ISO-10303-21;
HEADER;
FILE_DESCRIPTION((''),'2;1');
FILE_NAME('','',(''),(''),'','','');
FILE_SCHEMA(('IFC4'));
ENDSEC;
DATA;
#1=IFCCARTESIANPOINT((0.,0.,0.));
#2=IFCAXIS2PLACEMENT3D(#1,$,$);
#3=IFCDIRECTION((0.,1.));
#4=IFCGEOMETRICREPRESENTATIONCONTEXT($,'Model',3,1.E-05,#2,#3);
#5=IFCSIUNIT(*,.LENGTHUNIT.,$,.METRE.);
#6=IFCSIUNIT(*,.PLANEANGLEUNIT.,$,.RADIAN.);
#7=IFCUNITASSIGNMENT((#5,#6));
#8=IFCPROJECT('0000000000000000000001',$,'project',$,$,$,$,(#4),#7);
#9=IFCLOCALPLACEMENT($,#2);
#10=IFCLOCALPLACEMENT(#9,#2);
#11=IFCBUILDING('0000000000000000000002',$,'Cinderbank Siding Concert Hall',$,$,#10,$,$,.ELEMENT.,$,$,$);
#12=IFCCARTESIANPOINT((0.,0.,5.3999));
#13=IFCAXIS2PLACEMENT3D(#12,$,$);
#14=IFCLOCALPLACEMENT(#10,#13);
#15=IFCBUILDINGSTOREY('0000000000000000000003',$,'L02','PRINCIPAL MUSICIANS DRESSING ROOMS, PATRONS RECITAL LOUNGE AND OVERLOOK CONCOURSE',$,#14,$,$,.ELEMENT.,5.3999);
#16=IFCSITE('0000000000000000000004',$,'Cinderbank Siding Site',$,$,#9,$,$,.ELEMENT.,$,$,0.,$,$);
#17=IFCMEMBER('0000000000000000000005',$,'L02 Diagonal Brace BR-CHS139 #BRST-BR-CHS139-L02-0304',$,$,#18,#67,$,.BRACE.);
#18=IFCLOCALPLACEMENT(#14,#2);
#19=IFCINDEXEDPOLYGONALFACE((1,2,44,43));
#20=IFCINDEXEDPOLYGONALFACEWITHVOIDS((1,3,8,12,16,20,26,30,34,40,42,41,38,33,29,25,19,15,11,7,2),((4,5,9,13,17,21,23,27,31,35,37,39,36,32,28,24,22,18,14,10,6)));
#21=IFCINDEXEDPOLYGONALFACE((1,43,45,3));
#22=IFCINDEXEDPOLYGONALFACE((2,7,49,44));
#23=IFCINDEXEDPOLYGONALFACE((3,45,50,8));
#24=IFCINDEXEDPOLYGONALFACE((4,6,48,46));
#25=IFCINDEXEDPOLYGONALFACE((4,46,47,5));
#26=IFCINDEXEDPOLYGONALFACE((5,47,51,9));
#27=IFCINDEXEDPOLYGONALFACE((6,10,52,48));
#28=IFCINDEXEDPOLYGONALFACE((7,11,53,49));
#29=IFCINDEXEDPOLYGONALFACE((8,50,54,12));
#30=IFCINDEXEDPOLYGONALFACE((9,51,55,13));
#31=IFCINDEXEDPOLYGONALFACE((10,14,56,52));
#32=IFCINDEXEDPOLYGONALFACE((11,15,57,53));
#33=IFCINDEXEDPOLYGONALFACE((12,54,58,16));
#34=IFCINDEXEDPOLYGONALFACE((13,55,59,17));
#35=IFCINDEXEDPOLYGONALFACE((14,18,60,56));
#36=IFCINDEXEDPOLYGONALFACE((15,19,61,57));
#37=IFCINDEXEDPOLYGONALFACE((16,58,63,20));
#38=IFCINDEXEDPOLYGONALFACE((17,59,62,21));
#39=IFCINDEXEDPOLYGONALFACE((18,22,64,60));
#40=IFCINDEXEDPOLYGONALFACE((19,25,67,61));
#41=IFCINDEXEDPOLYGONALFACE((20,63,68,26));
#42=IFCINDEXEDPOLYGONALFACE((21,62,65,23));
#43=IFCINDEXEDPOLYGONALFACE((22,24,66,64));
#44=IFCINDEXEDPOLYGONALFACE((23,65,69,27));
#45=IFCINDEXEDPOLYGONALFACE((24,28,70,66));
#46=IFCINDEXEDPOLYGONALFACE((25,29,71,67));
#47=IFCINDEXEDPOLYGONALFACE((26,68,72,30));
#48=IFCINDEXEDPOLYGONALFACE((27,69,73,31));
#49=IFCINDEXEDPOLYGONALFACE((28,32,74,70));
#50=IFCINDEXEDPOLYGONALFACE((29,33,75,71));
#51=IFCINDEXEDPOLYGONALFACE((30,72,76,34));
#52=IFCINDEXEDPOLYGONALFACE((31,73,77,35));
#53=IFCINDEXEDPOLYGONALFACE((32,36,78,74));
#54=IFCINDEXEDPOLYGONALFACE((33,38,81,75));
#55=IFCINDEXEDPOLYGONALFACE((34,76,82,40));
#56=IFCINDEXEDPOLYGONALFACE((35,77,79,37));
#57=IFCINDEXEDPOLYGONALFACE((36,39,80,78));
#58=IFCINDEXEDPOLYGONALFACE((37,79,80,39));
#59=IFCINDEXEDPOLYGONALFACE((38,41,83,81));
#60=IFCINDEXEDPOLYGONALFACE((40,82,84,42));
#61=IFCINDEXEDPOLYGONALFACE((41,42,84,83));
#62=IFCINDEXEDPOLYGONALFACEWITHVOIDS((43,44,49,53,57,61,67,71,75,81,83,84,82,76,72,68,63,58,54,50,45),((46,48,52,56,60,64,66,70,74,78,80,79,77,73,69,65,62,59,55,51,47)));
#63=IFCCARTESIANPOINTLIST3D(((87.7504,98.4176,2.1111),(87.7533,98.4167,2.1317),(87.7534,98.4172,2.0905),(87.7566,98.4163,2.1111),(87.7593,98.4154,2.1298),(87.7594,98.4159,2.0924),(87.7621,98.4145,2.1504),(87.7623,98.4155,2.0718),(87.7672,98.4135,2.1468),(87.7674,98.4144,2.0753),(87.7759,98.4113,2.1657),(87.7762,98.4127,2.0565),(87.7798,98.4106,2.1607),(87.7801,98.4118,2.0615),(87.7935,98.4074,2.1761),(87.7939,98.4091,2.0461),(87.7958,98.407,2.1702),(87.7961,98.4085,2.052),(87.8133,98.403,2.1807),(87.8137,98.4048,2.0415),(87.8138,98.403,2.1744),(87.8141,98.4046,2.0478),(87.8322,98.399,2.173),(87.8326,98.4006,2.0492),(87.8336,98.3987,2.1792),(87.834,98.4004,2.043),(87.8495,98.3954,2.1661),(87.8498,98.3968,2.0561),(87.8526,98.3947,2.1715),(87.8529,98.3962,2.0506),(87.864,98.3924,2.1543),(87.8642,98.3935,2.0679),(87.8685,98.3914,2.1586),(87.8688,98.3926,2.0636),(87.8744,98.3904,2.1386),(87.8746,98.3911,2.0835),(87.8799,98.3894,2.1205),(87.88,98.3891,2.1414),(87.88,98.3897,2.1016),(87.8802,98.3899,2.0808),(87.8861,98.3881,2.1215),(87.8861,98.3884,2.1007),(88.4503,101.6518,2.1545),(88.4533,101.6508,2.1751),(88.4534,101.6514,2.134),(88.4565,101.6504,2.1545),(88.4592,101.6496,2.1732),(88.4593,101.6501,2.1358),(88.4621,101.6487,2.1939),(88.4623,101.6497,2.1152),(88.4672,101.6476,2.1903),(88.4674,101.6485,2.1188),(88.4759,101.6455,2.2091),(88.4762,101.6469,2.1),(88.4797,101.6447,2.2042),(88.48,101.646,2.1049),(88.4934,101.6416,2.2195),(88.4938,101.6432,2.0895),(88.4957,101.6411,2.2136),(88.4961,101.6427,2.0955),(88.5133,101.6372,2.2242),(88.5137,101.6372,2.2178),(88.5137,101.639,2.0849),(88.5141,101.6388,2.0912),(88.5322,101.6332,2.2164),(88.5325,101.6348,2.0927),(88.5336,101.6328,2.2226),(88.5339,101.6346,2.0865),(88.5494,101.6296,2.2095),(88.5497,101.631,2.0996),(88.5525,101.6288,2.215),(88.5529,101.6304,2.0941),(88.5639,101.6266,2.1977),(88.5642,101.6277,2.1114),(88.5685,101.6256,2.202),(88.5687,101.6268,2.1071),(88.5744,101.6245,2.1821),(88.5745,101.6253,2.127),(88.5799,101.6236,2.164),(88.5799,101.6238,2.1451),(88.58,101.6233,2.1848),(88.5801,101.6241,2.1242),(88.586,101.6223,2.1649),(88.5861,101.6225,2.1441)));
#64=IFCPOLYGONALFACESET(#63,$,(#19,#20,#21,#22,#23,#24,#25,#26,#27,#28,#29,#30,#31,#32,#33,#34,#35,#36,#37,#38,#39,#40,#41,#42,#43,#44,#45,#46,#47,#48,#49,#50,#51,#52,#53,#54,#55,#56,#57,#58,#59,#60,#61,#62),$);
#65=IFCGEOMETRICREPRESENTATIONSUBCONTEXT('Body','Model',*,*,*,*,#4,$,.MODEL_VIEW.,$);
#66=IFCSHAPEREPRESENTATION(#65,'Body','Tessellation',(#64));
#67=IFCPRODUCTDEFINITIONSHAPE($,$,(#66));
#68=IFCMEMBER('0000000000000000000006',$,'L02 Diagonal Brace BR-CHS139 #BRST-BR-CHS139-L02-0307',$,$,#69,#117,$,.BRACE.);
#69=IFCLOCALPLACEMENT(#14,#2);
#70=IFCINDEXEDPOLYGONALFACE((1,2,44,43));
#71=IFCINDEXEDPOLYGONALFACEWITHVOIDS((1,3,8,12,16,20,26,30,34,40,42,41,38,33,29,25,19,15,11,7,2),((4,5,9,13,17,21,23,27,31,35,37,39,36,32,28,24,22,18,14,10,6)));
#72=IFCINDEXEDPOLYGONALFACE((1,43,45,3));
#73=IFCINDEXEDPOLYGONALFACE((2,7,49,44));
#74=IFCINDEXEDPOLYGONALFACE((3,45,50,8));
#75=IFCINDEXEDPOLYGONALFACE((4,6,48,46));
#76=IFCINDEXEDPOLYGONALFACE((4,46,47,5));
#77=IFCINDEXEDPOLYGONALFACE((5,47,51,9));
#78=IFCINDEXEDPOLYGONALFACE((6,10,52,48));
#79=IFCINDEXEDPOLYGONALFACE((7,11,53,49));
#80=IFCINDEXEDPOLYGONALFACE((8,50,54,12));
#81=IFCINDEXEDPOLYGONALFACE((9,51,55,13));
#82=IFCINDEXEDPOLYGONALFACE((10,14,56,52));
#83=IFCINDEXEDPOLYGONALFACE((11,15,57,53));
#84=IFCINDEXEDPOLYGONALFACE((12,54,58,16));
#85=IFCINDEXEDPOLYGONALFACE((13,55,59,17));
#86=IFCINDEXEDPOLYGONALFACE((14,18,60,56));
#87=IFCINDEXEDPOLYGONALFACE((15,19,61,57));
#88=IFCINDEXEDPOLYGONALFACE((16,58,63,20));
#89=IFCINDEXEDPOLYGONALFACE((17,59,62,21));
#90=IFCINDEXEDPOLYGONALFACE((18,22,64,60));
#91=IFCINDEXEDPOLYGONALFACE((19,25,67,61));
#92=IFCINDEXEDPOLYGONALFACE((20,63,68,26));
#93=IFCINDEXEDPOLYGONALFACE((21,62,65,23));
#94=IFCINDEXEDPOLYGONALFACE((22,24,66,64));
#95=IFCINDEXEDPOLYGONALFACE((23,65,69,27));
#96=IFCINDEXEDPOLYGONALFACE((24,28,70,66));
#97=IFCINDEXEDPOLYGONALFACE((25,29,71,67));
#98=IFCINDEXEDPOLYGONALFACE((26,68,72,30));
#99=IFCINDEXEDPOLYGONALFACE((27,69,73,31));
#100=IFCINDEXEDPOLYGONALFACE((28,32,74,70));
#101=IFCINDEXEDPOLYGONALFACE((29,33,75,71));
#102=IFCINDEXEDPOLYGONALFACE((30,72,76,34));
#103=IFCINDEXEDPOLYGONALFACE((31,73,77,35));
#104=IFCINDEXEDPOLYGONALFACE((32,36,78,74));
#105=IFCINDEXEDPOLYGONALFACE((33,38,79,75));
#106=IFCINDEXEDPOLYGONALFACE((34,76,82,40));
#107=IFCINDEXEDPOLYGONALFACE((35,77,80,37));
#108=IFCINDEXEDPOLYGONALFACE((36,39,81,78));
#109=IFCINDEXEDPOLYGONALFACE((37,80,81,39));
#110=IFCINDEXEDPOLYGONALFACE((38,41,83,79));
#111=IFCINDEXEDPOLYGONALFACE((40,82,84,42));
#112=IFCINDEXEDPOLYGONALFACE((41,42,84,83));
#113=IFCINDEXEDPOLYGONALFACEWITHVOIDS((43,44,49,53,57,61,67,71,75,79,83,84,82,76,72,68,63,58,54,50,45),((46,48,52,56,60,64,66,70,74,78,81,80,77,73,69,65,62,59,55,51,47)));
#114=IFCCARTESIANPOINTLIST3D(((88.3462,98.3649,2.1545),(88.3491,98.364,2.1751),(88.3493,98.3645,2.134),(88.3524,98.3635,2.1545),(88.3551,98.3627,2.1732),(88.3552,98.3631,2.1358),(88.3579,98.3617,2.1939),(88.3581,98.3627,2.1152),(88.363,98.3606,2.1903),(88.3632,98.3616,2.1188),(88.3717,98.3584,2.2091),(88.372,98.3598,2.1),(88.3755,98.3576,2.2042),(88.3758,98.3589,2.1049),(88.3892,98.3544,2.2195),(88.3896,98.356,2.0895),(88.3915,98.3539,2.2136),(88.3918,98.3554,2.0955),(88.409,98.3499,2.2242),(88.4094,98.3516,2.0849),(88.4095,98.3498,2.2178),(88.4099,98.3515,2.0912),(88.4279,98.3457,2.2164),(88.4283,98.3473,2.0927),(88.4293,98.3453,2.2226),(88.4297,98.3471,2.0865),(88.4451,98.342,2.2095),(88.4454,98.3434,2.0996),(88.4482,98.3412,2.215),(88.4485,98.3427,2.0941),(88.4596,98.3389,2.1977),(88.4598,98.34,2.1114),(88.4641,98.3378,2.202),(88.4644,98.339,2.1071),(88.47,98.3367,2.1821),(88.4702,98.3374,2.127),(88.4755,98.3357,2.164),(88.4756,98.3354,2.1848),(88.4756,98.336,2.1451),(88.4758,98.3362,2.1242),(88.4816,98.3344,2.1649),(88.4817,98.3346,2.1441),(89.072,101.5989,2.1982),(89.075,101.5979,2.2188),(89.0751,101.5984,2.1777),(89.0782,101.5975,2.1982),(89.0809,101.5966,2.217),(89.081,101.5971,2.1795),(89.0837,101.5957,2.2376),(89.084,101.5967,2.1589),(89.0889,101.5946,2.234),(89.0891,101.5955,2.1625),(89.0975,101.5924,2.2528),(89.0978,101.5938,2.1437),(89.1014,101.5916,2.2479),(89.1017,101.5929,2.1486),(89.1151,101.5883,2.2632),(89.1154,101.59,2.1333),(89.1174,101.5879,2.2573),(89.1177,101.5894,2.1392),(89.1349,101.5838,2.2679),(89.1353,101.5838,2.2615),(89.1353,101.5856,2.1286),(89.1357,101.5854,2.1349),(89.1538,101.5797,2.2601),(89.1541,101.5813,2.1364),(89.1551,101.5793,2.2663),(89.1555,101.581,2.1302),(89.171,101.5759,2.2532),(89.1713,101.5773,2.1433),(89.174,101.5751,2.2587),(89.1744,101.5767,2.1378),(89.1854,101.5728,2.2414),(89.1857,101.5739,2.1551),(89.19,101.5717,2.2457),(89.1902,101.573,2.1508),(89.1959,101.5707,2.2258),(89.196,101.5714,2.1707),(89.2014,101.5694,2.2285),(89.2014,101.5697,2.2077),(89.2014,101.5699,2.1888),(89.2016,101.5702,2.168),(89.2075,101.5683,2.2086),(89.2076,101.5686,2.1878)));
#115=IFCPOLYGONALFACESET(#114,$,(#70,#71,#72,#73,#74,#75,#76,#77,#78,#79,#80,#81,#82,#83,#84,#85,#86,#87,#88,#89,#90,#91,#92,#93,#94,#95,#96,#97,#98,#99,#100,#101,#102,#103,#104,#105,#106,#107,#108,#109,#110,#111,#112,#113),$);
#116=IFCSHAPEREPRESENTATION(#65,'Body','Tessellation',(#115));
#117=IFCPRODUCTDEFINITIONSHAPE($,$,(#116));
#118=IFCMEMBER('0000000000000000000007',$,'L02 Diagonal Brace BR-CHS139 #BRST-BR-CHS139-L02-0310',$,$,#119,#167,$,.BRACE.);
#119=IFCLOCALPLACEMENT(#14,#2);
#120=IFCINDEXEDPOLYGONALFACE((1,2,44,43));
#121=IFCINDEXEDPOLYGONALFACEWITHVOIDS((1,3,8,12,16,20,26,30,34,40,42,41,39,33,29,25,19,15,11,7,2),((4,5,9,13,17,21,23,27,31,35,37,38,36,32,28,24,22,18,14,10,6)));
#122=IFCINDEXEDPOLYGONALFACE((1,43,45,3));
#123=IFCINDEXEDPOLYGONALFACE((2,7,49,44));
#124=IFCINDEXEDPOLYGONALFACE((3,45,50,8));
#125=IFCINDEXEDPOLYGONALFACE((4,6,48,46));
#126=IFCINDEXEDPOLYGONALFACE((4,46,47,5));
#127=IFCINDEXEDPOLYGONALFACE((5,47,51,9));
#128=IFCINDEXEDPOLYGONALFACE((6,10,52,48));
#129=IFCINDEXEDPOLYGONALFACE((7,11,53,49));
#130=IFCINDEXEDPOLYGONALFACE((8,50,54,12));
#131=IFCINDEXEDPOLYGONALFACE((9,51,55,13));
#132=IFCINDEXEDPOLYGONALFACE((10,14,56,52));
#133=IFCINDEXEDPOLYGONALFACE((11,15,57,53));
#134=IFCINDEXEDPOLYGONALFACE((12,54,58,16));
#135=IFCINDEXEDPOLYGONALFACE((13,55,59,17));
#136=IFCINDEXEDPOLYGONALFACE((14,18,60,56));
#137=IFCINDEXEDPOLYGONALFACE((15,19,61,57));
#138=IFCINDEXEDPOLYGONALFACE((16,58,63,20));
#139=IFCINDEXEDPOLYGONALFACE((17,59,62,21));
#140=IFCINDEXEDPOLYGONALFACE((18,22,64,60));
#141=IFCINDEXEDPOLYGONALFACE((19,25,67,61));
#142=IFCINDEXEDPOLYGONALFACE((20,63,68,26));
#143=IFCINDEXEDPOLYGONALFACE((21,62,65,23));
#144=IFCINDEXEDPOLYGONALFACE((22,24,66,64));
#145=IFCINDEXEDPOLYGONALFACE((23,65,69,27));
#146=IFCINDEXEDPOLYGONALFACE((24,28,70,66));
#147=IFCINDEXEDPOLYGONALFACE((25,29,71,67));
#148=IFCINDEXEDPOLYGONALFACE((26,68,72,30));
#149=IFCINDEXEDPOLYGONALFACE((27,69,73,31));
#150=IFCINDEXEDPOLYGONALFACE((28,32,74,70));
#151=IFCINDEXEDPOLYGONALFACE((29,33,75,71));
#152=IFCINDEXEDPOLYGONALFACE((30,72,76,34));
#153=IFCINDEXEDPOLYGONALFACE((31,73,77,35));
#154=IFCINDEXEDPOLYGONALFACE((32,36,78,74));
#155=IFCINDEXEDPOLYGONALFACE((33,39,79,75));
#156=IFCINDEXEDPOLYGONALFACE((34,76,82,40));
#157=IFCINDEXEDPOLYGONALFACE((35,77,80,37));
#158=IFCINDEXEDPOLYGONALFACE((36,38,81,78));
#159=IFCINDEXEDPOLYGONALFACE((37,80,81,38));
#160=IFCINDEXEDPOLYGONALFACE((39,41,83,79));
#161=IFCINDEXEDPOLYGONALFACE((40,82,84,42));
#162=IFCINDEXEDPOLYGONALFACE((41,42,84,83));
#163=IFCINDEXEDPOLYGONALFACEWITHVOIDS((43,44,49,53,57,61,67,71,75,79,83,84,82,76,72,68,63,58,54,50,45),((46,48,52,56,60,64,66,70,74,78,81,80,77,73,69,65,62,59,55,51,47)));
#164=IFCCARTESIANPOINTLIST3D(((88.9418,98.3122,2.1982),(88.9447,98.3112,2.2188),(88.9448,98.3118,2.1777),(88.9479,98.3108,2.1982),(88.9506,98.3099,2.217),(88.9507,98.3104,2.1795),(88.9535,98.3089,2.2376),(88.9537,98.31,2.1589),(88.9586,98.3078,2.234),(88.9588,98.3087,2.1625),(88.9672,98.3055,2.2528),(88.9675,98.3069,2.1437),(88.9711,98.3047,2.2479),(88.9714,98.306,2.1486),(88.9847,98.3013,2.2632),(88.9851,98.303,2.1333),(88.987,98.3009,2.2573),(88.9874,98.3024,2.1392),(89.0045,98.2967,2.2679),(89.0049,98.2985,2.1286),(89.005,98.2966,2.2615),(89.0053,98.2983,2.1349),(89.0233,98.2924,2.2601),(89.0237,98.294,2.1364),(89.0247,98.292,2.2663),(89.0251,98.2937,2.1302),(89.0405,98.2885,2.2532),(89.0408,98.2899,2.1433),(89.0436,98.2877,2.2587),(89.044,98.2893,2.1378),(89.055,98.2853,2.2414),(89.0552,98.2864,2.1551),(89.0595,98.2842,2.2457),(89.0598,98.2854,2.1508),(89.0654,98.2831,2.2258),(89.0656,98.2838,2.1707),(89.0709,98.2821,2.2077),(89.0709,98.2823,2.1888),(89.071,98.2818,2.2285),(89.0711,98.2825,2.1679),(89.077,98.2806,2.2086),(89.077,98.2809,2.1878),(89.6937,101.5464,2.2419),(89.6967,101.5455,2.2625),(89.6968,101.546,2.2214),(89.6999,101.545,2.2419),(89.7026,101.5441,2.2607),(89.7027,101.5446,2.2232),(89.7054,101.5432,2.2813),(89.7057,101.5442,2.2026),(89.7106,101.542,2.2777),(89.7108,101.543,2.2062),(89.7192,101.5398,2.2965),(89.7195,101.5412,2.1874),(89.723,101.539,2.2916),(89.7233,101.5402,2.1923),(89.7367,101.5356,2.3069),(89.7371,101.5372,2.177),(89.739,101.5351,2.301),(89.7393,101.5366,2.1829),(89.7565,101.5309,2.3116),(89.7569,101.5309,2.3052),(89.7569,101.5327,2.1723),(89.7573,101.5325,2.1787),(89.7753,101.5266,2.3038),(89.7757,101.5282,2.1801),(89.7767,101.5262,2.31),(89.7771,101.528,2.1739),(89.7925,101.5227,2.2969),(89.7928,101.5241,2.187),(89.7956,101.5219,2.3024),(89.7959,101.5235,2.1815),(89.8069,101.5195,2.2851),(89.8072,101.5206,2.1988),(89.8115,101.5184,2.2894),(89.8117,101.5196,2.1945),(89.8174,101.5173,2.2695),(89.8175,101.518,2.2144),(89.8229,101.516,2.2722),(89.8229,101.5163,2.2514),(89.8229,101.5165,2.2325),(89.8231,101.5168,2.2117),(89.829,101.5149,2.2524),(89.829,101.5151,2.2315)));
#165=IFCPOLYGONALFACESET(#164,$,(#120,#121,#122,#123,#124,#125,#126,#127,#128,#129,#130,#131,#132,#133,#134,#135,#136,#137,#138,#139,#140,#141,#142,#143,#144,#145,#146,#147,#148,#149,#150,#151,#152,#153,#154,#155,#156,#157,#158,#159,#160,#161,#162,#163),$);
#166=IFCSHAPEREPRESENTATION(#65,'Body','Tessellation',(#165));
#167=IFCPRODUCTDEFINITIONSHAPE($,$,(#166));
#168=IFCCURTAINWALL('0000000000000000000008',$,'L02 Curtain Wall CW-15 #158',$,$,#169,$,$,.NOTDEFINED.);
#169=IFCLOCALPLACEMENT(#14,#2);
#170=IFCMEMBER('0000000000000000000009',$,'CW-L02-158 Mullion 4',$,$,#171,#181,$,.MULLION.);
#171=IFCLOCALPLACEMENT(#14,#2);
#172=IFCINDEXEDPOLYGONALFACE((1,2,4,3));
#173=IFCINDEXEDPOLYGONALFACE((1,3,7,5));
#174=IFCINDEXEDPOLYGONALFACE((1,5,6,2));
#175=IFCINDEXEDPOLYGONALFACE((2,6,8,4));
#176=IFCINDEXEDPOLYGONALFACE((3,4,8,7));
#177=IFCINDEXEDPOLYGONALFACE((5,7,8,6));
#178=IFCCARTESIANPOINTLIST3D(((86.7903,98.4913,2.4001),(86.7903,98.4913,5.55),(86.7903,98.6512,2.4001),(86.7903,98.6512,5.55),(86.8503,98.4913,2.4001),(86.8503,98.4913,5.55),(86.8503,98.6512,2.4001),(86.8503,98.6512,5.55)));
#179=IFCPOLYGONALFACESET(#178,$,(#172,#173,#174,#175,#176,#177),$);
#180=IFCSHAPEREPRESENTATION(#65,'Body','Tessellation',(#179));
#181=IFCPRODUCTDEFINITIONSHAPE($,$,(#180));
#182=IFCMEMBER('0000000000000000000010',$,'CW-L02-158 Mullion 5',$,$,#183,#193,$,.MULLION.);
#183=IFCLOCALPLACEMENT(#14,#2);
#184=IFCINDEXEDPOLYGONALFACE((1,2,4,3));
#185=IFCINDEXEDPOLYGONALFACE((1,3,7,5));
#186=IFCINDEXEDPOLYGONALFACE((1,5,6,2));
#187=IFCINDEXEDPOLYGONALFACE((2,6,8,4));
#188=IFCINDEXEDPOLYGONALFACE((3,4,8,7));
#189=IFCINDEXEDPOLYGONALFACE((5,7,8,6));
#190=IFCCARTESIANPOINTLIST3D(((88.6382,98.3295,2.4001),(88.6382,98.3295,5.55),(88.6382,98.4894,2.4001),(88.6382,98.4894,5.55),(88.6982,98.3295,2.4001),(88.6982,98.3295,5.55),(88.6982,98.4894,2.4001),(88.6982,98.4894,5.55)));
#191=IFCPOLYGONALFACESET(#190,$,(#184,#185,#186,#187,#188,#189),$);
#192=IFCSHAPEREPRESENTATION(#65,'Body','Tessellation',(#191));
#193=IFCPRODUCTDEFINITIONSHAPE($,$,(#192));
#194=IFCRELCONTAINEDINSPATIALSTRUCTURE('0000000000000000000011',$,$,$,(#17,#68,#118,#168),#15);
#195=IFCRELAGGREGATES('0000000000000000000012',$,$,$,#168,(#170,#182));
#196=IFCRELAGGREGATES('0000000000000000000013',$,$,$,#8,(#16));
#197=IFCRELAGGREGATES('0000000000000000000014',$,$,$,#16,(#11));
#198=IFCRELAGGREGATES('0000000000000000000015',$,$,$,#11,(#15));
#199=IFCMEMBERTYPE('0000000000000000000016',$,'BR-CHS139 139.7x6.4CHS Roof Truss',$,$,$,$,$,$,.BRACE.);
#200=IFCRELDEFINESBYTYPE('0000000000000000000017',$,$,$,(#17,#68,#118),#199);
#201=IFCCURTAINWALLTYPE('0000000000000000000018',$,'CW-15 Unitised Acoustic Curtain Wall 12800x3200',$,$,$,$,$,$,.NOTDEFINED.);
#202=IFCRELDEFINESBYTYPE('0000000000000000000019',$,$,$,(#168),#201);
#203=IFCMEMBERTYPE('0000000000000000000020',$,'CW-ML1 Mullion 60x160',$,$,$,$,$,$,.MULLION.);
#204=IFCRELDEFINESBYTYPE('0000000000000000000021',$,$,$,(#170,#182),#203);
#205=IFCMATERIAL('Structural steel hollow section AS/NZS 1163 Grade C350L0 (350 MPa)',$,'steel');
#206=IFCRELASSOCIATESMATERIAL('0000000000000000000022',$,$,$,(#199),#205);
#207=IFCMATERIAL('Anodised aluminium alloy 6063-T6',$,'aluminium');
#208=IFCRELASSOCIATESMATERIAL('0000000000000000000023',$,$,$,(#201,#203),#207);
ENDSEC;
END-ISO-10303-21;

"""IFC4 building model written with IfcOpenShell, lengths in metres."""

from ifc_helpers import new_model, si_unit, direction, frame, origin, origin_2d, place, context, subcontext, project, spatial, rectangle, hollow_circle, extrude, material, material_profile, profile_set, type_object, element, aggregate, save


model = new_model("IFC4")

# Units and contexts
model_context = context("Model", 3, precision=1e-05, world=origin(), true_north=direction((0.0, 1.0)))
body_context = subcontext(model_context, "Body", "Model", "MODEL_VIEW")
ifc_project = project(units=[si_unit("LENGTHUNIT", "METRE"), si_unit("PLANEANGLEUNIT", "RADIAN")], contexts=[model_context])

# Site, building, storey
site_placement = place(None, origin())
site = spatial("IfcSite", under=ifc_project, at=site_placement, Name="Cinderbank Siding Site", CompositionType="ELEMENT", RefElevation=0.0)
building_placement = place(site_placement, origin())
building = spatial("IfcBuilding", under=site, at=building_placement, Name="Cinderbank Siding Concert Hall", CompositionType="ELEMENT")
storey_placement = place(building_placement, frame((0.0, 0.0, 5.3999)))
storey = spatial("IfcBuildingStorey", under=building, at=storey_placement, Name="L02", Description="PRINCIPAL MUSICIANS DRESSING ROOMS, PATRONS RECITAL LOUNGE AND OVERLOOK CONCOURSE", CompositionType="ELEMENT", Elevation=5.3999)

# Members
ifc_material_1 = material(Name="Structural steel hollow section AS/NZS 1163 Grade C350L0 (350 MPa)", Category="steel")
ifc_material_profile_1 = material_profile(ifc_material_1, hollow_circle(Radius=0.0698, WallThickness=0.0063, at=origin_2d()), Name="139.7x6.4CHS", Category="LoadBearing")
ifc_profile_set_1 = profile_set([ifc_material_profile_1], Name="Structural steel hollow section AS/NZS 1163 Grade C350L0 (350 MPa)")
member_type_1 = type_object("IfcMemberType", Name="BR-CHS139 139.7x6.4CHS Roof Truss", PredefinedType="BRACE", material=ifc_profile_set_1)
member_1_placement = place(storey_placement, frame((87.8186, 98.4028, 2.1111), z_axis=(0.211511, 0.977287, 0.013132), x_axis=(-0.977372, 0.211529, 0.0)))
element("IfcMember", 1, at=member_1_placement, inside=storey, type_object=member_type_1, Name="L02 Diagonal Brace BR-CHS139 #BRST-BR-CHS139-L02-0304", PredefinedType="BRACE", context=body_context, shape_type="SweptSolid", body=[
    extrude(hollow_circle(Radius=0.0698, WallThickness=0.0063, at=origin_2d()), origin(), (0.0, 0.0, 1.0), 3.3093),
])
member_2_placement = place(storey_placement, frame((88.4143, 98.3496, 2.1545), z_axis=(0.218978, 0.975641, 0.013184), x_axis=(-0.975726, 0.218997, 0.0)))
element("IfcMember", 2, at=member_2_placement, inside=storey, type_object=member_type_1, Name="L02 Diagonal Brace BR-CHS139 #BRST-BR-CHS139-L02-0307", PredefinedType="BRACE", context=body_context, shape_type="SweptSolid", body=[
    extrude(hollow_circle(Radius=0.0698, WallThickness=0.0063, at=origin_2d()), origin(), (0.0, 0.0, 1.0), 3.3147),
])
member_3_placement = place(storey_placement, frame((89.0098, 98.2964, 2.1982), z_axis=(0.226445, 0.973935, 0.01316), x_axis=(-0.974019, 0.226465, 0.0)))
element("IfcMember", 3, at=member_3_placement, inside=storey, type_object=member_type_1, Name="L02 Diagonal Brace BR-CHS139 #BRST-BR-CHS139-L02-0310", PredefinedType="BRACE", context=body_context, shape_type="SweptSolid", body=[
    extrude(hollow_circle(Radius=0.0698, WallThickness=0.0063, at=origin_2d()), origin(), (0.0, 0.0, 1.0), 3.3208),
])

# Curtain wall, members
ifc_material_2 = material(Name="Anodised aluminium alloy 6063-T6", Category="aluminium")
curtain_wall_type = type_object("IfcCurtainWallType", Name="CW-15 Unitised Acoustic Curtain Wall 12800x3200", PredefinedType="NOTDEFINED", material=ifc_material_2)
curtain_wall_1_placement = place(storey_placement, origin())
curtain_wall_1 = element("IfcCurtainWall", 4, at=curtain_wall_1_placement, inside=storey, type_object=curtain_wall_type, Name="L02 Curtain Wall CW-15 #158", PredefinedType="NOTDEFINED")
ifc_material_profile_2 = material_profile(ifc_material_2, rectangle(XDim=0.0601, YDim=0.1599, at=origin_2d()), Name="ALU-MULL-60x160", Category="LoadBearing")
ifc_profile_set_2 = profile_set([ifc_material_profile_2], Name="Anodised aluminium alloy 6063-T6")
member_type_2 = type_object("IfcMemberType", Name="CW-ML1 Mullion 60x160", PredefinedType="MULLION", material=ifc_profile_set_2)
member_4_placement = place(storey_placement, frame((86.8203, 98.5713, 2.4001), z_axis=(0.0, 0.0, 1.0), x_axis=(1.0, 0.0, 0.0)))
member_4 = element("IfcMember", 5, at=member_4_placement, type_object=member_type_2, Name="CW-L02-158 Mullion 4", PredefinedType="MULLION", context=body_context, shape_type="SweptSolid", body=[
    extrude(rectangle(XDim=0.0601, YDim=0.1599, at=origin_2d()), origin(), (0.0, 0.0, 1.0), 3.1499),
])
member_5_placement = place(storey_placement, frame((88.6682, 98.4094, 2.4001), z_axis=(0.0, 0.0, 1.0), x_axis=(1.0, 0.0, 0.0)))
member_5 = element("IfcMember", 6, at=member_5_placement, type_object=member_type_2, Name="CW-L02-158 Mullion 5", PredefinedType="MULLION", context=body_context, shape_type="SweptSolid", body=[
    extrude(rectangle(XDim=0.0601, YDim=0.1599, at=origin_2d()), origin(), (0.0, 0.0, 1.0), 3.1499),
])

aggregate(curtain_wall_1, [member_4, member_5])

save(model, "model.ifc")
